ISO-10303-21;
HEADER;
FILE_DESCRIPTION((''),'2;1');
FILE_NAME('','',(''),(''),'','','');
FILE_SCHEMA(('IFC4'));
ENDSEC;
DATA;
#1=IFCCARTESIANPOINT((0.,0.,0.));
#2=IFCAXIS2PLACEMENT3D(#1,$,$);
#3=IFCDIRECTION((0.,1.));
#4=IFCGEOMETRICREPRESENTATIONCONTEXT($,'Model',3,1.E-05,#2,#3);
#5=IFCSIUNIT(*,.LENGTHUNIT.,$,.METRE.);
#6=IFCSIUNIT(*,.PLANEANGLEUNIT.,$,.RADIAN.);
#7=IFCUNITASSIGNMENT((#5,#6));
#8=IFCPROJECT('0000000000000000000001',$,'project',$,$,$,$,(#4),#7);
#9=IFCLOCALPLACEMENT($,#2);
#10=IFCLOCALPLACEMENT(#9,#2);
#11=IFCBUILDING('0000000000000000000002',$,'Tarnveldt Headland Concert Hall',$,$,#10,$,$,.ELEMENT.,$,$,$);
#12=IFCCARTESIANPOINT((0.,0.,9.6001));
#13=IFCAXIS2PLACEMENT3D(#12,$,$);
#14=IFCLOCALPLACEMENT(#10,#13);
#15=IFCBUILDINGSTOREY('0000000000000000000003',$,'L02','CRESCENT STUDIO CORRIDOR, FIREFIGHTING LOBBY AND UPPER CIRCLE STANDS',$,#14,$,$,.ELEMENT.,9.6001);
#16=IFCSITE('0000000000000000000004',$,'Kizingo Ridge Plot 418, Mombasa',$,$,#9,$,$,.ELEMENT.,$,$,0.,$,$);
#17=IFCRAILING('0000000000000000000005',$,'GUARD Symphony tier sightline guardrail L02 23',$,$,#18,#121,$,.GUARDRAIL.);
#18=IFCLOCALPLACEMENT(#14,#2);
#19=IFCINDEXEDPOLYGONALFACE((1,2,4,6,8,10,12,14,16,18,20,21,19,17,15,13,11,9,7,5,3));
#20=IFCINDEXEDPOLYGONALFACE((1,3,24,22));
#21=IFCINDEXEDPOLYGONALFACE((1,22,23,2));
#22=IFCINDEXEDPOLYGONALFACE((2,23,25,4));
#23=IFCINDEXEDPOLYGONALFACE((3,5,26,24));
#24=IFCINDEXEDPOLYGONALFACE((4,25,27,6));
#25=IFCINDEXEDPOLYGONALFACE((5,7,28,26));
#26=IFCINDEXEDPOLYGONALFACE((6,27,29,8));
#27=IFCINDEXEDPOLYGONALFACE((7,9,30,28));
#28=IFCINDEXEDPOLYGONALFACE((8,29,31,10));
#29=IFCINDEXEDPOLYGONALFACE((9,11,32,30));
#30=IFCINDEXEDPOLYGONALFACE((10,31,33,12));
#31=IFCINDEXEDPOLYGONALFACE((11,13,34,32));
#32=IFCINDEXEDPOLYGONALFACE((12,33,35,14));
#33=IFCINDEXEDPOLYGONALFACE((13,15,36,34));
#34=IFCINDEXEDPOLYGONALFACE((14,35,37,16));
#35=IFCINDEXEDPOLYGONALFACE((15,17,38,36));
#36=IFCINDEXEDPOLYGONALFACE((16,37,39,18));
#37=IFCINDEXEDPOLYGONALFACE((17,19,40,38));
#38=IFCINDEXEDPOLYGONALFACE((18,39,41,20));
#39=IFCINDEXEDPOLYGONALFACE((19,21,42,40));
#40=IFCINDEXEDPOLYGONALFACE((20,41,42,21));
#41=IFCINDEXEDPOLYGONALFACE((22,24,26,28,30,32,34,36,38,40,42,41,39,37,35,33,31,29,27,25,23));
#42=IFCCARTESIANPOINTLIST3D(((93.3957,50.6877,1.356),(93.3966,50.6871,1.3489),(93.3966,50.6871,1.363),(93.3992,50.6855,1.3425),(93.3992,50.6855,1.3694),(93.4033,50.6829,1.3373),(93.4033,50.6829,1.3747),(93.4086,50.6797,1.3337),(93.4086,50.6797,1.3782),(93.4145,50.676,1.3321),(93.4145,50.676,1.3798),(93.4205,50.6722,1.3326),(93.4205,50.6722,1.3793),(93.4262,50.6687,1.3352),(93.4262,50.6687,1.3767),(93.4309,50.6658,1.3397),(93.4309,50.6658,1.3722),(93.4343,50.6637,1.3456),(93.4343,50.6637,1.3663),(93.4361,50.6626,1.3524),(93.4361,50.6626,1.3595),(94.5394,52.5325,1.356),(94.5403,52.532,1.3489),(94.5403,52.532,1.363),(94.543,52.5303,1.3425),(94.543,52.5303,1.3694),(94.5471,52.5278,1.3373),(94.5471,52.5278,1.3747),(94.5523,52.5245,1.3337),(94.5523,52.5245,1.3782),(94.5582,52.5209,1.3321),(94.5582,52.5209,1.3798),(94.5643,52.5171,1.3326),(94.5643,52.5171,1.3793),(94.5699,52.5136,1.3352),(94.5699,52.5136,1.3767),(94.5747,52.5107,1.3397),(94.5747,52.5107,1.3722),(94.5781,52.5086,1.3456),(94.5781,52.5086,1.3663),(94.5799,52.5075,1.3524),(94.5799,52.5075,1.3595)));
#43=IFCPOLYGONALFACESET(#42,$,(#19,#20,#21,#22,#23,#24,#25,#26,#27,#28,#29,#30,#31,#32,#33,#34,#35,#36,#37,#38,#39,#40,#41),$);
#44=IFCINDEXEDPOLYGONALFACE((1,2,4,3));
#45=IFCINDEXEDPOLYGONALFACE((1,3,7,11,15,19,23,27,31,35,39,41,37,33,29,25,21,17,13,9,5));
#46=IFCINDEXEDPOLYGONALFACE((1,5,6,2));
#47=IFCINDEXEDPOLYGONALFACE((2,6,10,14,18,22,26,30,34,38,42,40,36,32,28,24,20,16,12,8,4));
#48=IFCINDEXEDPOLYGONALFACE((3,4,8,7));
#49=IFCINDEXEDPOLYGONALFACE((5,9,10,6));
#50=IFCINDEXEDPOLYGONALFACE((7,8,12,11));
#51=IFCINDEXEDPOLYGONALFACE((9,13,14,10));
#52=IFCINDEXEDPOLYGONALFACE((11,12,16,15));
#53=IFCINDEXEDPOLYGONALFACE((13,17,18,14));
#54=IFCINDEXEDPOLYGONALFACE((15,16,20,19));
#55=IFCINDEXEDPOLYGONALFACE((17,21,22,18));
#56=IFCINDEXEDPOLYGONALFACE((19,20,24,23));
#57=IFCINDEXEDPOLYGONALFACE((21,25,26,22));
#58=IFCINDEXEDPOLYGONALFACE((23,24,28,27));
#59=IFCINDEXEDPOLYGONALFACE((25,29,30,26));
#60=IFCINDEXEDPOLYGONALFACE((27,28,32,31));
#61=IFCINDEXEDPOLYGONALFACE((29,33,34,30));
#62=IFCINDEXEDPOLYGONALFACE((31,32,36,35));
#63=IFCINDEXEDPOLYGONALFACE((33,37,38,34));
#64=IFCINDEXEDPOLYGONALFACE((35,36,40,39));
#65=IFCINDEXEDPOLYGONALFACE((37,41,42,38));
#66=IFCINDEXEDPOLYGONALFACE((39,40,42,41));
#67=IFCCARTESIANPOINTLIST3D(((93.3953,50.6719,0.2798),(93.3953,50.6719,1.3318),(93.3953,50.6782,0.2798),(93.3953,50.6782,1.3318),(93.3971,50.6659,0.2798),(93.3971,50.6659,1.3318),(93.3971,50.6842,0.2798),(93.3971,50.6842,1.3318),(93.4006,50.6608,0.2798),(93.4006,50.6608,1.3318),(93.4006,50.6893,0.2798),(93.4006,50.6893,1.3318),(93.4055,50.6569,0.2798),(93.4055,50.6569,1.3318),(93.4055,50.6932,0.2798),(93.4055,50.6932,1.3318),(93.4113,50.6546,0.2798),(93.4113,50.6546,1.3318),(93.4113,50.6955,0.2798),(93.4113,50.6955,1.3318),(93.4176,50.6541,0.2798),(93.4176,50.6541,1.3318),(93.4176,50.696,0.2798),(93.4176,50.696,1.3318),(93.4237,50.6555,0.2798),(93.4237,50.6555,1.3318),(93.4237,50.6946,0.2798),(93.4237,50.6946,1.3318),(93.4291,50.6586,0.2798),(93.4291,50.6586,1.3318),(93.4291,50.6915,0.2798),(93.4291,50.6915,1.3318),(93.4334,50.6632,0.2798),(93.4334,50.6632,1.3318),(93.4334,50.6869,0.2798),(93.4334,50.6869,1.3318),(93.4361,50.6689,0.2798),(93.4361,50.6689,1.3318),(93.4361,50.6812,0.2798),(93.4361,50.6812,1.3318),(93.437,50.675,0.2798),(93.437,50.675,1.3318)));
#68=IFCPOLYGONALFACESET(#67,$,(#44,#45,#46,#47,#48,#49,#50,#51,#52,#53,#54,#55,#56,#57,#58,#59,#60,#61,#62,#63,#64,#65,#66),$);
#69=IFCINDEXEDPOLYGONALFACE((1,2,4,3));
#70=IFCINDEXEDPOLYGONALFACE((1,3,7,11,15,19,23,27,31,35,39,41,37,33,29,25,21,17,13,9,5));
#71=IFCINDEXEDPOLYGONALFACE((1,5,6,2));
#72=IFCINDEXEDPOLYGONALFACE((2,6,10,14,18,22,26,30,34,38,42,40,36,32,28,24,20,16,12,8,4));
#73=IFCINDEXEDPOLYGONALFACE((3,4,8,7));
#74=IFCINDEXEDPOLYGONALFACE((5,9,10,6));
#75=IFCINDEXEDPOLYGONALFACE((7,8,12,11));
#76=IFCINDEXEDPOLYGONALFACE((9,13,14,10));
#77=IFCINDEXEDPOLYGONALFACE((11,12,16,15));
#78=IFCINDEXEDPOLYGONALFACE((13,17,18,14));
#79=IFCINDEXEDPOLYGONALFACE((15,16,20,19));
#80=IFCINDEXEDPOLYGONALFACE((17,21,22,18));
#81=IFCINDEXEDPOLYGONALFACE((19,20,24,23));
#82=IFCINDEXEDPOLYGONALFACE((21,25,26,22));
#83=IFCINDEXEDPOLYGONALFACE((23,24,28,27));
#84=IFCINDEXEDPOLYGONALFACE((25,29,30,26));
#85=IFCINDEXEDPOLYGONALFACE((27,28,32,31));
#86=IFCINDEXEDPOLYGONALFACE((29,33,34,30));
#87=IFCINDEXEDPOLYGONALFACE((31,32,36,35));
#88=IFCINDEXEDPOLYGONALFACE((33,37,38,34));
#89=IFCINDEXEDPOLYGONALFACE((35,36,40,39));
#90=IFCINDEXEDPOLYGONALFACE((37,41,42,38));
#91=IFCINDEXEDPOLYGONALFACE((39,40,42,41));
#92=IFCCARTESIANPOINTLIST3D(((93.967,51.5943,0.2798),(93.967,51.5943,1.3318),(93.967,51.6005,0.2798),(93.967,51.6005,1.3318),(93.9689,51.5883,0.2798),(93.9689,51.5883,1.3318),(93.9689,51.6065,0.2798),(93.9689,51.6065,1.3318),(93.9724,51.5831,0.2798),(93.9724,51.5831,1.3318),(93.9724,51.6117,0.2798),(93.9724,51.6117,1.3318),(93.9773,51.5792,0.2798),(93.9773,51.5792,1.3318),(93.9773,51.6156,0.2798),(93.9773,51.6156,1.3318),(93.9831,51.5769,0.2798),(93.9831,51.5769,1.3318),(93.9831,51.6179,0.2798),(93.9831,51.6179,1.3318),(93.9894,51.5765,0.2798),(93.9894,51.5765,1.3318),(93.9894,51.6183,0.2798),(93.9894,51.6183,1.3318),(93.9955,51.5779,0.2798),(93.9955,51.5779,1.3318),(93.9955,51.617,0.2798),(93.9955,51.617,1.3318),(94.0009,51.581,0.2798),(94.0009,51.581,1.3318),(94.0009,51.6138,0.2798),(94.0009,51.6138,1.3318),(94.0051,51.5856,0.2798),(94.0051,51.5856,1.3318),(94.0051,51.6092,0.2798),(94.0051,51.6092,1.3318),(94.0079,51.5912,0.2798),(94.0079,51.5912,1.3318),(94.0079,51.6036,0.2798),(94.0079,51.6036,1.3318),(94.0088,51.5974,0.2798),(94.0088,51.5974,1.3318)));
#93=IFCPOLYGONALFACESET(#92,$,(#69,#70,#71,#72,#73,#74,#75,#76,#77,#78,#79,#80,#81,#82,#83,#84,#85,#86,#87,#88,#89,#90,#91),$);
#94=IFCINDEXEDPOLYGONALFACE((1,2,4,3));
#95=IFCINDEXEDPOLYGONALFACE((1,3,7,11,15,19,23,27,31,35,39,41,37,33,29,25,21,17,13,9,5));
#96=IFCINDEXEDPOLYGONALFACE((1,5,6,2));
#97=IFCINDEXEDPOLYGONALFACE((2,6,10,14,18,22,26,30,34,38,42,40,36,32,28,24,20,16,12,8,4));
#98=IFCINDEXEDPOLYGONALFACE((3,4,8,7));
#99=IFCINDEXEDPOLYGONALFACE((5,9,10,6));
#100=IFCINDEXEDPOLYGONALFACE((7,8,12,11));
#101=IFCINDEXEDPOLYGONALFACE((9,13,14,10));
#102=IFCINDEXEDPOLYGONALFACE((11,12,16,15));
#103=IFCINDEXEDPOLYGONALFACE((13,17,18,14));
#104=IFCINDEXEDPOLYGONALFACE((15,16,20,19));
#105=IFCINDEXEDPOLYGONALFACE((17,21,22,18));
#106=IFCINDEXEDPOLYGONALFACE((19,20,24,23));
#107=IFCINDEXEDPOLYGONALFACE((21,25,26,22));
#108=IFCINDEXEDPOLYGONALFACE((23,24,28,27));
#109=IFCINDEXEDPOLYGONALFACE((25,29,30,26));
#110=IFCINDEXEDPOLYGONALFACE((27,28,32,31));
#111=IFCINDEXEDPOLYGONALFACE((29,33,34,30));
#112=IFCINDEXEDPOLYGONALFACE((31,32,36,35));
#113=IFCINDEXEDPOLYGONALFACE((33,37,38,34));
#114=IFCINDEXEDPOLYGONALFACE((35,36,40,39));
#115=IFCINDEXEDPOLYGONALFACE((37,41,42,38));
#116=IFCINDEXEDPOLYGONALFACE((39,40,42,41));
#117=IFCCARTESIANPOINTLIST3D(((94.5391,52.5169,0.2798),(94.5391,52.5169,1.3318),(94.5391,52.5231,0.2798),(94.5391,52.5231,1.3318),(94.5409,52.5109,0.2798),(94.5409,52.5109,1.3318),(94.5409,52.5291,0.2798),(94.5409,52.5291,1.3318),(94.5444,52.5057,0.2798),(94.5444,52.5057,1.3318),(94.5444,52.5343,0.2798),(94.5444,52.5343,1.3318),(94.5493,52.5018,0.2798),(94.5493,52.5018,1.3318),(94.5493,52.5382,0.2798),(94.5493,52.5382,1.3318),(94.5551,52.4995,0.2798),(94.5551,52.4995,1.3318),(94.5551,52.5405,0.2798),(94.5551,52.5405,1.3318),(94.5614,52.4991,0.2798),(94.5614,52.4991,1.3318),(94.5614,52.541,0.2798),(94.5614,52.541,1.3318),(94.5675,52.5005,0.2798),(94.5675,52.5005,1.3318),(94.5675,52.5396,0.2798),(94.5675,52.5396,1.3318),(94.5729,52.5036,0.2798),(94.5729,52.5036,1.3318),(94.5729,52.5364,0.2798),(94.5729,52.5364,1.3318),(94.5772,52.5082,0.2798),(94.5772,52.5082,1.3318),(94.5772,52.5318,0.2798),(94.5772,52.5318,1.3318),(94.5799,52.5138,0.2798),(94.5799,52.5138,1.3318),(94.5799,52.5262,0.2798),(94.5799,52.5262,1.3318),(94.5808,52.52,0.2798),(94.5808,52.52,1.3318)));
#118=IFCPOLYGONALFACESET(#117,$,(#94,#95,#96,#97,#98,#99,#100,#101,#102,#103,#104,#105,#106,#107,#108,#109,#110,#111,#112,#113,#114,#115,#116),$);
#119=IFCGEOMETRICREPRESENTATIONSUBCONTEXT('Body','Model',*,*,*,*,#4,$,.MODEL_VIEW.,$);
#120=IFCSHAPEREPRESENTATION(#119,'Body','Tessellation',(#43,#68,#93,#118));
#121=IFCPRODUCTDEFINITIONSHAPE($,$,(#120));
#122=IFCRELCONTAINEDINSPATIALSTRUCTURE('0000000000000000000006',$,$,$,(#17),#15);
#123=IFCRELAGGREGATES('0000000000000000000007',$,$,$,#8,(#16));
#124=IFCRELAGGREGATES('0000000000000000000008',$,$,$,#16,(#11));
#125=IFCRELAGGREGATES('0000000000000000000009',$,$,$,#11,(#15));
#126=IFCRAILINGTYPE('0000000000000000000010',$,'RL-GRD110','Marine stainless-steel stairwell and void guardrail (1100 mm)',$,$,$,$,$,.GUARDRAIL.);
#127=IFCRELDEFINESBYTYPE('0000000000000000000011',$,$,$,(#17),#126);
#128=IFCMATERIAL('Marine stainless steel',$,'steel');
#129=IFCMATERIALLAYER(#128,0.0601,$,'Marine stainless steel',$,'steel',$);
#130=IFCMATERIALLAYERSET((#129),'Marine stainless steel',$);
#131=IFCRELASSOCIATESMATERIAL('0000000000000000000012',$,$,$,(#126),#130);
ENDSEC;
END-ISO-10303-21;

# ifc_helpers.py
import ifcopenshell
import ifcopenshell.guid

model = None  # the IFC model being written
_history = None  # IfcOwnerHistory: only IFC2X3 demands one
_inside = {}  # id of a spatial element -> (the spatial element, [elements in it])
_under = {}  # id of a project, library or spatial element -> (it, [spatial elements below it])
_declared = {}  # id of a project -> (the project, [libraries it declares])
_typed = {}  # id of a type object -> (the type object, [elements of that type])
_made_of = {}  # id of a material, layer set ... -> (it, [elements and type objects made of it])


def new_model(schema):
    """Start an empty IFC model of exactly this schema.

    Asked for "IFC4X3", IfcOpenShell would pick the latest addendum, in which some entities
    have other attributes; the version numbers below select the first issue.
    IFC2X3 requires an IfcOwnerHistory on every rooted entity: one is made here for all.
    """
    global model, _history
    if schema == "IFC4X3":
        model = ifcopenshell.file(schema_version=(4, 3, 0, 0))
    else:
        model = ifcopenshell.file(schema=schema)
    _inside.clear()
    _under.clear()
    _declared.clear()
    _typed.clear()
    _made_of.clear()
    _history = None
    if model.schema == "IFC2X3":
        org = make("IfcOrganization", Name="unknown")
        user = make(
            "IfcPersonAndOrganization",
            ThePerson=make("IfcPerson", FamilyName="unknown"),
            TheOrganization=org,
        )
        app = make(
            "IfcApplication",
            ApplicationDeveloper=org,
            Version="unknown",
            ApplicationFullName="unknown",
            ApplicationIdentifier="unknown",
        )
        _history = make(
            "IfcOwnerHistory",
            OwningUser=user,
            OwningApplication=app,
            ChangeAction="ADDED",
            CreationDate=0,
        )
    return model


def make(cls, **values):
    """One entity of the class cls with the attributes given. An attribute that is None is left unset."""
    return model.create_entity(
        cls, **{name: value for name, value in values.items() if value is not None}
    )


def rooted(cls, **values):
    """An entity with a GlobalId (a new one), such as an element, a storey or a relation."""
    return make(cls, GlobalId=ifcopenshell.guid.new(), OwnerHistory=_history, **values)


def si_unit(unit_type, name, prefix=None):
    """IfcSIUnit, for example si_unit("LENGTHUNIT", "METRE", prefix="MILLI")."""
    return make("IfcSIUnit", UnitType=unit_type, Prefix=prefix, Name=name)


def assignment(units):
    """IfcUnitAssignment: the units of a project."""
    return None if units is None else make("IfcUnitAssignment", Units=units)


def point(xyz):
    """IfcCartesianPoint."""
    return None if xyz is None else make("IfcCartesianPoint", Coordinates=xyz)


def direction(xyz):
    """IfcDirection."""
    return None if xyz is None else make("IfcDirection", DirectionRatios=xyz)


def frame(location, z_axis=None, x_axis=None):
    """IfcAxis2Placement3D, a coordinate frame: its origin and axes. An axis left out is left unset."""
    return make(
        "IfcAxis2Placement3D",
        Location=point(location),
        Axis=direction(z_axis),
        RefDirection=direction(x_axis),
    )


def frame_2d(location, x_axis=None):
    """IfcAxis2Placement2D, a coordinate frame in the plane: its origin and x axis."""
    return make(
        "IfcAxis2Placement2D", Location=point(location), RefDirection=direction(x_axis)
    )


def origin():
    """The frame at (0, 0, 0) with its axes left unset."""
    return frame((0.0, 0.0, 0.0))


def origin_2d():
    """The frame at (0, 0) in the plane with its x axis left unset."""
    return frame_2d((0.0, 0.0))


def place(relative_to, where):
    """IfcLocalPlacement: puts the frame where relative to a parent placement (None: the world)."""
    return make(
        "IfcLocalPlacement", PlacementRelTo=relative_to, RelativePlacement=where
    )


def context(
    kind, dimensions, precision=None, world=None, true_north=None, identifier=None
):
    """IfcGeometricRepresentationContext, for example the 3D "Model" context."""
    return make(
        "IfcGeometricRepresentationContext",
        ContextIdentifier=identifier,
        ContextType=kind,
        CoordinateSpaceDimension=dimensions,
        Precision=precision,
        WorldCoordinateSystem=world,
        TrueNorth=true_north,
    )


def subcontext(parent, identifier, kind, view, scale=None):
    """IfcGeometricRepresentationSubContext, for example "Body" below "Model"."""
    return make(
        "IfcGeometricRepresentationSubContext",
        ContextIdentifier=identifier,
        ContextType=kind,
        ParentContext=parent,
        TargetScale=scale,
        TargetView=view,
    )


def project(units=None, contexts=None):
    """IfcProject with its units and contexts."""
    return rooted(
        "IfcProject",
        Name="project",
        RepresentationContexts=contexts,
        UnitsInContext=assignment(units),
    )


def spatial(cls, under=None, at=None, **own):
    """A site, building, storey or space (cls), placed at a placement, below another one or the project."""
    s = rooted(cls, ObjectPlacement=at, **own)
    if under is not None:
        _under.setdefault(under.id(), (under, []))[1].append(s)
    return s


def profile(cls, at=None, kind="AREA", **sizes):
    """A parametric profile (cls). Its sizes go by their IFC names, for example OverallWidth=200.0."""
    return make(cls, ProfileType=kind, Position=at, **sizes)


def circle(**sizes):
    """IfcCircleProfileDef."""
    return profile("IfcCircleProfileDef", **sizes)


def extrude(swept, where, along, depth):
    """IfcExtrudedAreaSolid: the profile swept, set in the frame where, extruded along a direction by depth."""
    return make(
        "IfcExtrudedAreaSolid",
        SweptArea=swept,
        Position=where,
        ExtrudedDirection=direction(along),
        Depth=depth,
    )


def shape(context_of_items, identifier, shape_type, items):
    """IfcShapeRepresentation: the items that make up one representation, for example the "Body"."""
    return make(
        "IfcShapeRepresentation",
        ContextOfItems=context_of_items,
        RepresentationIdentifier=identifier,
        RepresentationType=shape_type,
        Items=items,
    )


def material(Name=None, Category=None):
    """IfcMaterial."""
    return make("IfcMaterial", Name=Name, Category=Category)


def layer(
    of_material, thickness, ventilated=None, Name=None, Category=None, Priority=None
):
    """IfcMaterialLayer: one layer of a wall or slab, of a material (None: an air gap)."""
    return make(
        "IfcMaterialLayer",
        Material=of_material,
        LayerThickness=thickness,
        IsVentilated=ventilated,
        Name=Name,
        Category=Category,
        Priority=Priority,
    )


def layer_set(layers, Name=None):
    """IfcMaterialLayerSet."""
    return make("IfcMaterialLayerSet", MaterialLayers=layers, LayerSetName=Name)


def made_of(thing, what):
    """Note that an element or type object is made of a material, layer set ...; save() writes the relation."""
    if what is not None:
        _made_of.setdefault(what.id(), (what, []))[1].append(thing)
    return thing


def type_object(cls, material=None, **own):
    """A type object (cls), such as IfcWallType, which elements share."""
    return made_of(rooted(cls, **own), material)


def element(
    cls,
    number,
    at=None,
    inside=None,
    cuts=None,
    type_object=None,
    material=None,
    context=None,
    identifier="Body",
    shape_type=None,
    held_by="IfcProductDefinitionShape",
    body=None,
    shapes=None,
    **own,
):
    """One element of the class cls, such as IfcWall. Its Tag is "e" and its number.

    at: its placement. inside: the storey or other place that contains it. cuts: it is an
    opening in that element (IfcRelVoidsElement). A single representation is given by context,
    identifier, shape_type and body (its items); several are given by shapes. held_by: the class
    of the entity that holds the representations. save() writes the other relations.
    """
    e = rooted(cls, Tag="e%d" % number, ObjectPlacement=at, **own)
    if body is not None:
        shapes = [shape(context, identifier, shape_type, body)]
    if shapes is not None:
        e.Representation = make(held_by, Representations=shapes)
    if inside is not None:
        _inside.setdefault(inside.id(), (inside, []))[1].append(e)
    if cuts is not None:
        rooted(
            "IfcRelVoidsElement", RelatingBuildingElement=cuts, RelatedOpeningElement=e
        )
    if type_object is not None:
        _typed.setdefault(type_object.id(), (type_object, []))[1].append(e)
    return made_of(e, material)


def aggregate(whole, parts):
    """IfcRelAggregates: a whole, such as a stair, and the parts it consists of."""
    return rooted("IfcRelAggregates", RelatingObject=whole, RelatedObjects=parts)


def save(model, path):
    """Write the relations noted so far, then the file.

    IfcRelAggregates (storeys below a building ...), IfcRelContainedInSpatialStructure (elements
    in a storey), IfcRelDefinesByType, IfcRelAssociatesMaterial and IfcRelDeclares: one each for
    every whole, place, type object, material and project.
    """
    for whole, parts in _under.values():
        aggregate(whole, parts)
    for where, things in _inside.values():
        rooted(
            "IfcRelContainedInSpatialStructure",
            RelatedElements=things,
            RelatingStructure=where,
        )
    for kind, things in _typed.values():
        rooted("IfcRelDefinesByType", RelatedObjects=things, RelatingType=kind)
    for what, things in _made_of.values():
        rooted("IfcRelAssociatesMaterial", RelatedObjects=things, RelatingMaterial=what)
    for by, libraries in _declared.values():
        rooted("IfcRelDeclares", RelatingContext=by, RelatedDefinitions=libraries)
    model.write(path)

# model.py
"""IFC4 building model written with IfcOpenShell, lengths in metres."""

from ifc_helpers import new_model, si_unit, direction, frame, origin, origin_2d, place, context, subcontext, project, spatial, circle, extrude, material, layer, layer_set, type_object, element, save


model = new_model("IFC4")

# Units and contexts
model_context = context("Model", 3, precision=1e-05, world=origin(), true_north=direction((0.0, 1.0)))
body_context = subcontext(model_context, "Body", "Model", "MODEL_VIEW")
ifc_project = project(units=[si_unit("LENGTHUNIT", "METRE"), si_unit("PLANEANGLEUNIT", "RADIAN")], contexts=[model_context])

# Site, building, storey
site_placement = place(None, origin())
site = spatial("IfcSite", under=ifc_project, at=site_placement, Name="Kizingo Ridge Plot 418, Mombasa", CompositionType="ELEMENT", RefElevation=0.0)
building_placement = place(site_placement, origin())
building = spatial("IfcBuilding", under=site, at=building_placement, Name="Tarnveldt Headland Concert Hall", CompositionType="ELEMENT")
storey_placement = place(building_placement, frame((0.0, 0.0, 9.6001)))
storey = spatial("IfcBuildingStorey", under=building, at=storey_placement, Name="L02", Description="CRESCENT STUDIO CORRIDOR, FIREFIGHTING LOBBY AND UPPER CIRCLE STANDS", CompositionType="ELEMENT", Elevation=9.6001)

# Railing
ifc_material_1 = material(Name="Marine stainless steel", Category="steel")
ifc_layer = layer(ifc_material_1, 0.0601, Name="Marine stainless steel", Category="steel")
ifc_layer_set = layer_set([ifc_layer], Name="Marine stainless steel")
railing_type = type_object("IfcRailingType", Name="RL-GRD110", Description="Marine stainless-steel stairwell and void guardrail (1100 mm)", PredefinedType="GUARDRAIL", material=ifc_layer_set)
railing_1_placement = place(storey_placement, frame((93.416, 50.675, 0.2798)))
element("IfcRailing", 1, at=railing_1_placement, inside=storey, type_object=railing_type, Name="GUARD Symphony tier sightline guardrail L02 23", PredefinedType="GUARDRAIL", context=body_context, shape_type="SweptSolid", body=[
    extrude(circle(Radius=0.0239, at=origin_2d()), frame((0.0, 0.0, 1.0762), z_axis=(0.526912, 0.84992, 0.0), x_axis=(-0.84992, 0.526912, 0.0)), (0.0, 0.0, 1.0), 2.1707),
    extrude(circle(Radius=0.021, at=origin_2d()), origin(), (0.0, 0.0, 1.0), 1.052),
    extrude(circle(Radius=0.021, at=origin_2d()), frame((0.5718, 0.9224, 0.0)), (0.0, 0.0, 1.0), 1.052),
    extrude(circle(Radius=0.021, at=origin_2d()), frame((1.1438, 1.845, 0.0)), (0.0, 0.0, 1.0), 1.052),
])

save(model, "model.ifc")
